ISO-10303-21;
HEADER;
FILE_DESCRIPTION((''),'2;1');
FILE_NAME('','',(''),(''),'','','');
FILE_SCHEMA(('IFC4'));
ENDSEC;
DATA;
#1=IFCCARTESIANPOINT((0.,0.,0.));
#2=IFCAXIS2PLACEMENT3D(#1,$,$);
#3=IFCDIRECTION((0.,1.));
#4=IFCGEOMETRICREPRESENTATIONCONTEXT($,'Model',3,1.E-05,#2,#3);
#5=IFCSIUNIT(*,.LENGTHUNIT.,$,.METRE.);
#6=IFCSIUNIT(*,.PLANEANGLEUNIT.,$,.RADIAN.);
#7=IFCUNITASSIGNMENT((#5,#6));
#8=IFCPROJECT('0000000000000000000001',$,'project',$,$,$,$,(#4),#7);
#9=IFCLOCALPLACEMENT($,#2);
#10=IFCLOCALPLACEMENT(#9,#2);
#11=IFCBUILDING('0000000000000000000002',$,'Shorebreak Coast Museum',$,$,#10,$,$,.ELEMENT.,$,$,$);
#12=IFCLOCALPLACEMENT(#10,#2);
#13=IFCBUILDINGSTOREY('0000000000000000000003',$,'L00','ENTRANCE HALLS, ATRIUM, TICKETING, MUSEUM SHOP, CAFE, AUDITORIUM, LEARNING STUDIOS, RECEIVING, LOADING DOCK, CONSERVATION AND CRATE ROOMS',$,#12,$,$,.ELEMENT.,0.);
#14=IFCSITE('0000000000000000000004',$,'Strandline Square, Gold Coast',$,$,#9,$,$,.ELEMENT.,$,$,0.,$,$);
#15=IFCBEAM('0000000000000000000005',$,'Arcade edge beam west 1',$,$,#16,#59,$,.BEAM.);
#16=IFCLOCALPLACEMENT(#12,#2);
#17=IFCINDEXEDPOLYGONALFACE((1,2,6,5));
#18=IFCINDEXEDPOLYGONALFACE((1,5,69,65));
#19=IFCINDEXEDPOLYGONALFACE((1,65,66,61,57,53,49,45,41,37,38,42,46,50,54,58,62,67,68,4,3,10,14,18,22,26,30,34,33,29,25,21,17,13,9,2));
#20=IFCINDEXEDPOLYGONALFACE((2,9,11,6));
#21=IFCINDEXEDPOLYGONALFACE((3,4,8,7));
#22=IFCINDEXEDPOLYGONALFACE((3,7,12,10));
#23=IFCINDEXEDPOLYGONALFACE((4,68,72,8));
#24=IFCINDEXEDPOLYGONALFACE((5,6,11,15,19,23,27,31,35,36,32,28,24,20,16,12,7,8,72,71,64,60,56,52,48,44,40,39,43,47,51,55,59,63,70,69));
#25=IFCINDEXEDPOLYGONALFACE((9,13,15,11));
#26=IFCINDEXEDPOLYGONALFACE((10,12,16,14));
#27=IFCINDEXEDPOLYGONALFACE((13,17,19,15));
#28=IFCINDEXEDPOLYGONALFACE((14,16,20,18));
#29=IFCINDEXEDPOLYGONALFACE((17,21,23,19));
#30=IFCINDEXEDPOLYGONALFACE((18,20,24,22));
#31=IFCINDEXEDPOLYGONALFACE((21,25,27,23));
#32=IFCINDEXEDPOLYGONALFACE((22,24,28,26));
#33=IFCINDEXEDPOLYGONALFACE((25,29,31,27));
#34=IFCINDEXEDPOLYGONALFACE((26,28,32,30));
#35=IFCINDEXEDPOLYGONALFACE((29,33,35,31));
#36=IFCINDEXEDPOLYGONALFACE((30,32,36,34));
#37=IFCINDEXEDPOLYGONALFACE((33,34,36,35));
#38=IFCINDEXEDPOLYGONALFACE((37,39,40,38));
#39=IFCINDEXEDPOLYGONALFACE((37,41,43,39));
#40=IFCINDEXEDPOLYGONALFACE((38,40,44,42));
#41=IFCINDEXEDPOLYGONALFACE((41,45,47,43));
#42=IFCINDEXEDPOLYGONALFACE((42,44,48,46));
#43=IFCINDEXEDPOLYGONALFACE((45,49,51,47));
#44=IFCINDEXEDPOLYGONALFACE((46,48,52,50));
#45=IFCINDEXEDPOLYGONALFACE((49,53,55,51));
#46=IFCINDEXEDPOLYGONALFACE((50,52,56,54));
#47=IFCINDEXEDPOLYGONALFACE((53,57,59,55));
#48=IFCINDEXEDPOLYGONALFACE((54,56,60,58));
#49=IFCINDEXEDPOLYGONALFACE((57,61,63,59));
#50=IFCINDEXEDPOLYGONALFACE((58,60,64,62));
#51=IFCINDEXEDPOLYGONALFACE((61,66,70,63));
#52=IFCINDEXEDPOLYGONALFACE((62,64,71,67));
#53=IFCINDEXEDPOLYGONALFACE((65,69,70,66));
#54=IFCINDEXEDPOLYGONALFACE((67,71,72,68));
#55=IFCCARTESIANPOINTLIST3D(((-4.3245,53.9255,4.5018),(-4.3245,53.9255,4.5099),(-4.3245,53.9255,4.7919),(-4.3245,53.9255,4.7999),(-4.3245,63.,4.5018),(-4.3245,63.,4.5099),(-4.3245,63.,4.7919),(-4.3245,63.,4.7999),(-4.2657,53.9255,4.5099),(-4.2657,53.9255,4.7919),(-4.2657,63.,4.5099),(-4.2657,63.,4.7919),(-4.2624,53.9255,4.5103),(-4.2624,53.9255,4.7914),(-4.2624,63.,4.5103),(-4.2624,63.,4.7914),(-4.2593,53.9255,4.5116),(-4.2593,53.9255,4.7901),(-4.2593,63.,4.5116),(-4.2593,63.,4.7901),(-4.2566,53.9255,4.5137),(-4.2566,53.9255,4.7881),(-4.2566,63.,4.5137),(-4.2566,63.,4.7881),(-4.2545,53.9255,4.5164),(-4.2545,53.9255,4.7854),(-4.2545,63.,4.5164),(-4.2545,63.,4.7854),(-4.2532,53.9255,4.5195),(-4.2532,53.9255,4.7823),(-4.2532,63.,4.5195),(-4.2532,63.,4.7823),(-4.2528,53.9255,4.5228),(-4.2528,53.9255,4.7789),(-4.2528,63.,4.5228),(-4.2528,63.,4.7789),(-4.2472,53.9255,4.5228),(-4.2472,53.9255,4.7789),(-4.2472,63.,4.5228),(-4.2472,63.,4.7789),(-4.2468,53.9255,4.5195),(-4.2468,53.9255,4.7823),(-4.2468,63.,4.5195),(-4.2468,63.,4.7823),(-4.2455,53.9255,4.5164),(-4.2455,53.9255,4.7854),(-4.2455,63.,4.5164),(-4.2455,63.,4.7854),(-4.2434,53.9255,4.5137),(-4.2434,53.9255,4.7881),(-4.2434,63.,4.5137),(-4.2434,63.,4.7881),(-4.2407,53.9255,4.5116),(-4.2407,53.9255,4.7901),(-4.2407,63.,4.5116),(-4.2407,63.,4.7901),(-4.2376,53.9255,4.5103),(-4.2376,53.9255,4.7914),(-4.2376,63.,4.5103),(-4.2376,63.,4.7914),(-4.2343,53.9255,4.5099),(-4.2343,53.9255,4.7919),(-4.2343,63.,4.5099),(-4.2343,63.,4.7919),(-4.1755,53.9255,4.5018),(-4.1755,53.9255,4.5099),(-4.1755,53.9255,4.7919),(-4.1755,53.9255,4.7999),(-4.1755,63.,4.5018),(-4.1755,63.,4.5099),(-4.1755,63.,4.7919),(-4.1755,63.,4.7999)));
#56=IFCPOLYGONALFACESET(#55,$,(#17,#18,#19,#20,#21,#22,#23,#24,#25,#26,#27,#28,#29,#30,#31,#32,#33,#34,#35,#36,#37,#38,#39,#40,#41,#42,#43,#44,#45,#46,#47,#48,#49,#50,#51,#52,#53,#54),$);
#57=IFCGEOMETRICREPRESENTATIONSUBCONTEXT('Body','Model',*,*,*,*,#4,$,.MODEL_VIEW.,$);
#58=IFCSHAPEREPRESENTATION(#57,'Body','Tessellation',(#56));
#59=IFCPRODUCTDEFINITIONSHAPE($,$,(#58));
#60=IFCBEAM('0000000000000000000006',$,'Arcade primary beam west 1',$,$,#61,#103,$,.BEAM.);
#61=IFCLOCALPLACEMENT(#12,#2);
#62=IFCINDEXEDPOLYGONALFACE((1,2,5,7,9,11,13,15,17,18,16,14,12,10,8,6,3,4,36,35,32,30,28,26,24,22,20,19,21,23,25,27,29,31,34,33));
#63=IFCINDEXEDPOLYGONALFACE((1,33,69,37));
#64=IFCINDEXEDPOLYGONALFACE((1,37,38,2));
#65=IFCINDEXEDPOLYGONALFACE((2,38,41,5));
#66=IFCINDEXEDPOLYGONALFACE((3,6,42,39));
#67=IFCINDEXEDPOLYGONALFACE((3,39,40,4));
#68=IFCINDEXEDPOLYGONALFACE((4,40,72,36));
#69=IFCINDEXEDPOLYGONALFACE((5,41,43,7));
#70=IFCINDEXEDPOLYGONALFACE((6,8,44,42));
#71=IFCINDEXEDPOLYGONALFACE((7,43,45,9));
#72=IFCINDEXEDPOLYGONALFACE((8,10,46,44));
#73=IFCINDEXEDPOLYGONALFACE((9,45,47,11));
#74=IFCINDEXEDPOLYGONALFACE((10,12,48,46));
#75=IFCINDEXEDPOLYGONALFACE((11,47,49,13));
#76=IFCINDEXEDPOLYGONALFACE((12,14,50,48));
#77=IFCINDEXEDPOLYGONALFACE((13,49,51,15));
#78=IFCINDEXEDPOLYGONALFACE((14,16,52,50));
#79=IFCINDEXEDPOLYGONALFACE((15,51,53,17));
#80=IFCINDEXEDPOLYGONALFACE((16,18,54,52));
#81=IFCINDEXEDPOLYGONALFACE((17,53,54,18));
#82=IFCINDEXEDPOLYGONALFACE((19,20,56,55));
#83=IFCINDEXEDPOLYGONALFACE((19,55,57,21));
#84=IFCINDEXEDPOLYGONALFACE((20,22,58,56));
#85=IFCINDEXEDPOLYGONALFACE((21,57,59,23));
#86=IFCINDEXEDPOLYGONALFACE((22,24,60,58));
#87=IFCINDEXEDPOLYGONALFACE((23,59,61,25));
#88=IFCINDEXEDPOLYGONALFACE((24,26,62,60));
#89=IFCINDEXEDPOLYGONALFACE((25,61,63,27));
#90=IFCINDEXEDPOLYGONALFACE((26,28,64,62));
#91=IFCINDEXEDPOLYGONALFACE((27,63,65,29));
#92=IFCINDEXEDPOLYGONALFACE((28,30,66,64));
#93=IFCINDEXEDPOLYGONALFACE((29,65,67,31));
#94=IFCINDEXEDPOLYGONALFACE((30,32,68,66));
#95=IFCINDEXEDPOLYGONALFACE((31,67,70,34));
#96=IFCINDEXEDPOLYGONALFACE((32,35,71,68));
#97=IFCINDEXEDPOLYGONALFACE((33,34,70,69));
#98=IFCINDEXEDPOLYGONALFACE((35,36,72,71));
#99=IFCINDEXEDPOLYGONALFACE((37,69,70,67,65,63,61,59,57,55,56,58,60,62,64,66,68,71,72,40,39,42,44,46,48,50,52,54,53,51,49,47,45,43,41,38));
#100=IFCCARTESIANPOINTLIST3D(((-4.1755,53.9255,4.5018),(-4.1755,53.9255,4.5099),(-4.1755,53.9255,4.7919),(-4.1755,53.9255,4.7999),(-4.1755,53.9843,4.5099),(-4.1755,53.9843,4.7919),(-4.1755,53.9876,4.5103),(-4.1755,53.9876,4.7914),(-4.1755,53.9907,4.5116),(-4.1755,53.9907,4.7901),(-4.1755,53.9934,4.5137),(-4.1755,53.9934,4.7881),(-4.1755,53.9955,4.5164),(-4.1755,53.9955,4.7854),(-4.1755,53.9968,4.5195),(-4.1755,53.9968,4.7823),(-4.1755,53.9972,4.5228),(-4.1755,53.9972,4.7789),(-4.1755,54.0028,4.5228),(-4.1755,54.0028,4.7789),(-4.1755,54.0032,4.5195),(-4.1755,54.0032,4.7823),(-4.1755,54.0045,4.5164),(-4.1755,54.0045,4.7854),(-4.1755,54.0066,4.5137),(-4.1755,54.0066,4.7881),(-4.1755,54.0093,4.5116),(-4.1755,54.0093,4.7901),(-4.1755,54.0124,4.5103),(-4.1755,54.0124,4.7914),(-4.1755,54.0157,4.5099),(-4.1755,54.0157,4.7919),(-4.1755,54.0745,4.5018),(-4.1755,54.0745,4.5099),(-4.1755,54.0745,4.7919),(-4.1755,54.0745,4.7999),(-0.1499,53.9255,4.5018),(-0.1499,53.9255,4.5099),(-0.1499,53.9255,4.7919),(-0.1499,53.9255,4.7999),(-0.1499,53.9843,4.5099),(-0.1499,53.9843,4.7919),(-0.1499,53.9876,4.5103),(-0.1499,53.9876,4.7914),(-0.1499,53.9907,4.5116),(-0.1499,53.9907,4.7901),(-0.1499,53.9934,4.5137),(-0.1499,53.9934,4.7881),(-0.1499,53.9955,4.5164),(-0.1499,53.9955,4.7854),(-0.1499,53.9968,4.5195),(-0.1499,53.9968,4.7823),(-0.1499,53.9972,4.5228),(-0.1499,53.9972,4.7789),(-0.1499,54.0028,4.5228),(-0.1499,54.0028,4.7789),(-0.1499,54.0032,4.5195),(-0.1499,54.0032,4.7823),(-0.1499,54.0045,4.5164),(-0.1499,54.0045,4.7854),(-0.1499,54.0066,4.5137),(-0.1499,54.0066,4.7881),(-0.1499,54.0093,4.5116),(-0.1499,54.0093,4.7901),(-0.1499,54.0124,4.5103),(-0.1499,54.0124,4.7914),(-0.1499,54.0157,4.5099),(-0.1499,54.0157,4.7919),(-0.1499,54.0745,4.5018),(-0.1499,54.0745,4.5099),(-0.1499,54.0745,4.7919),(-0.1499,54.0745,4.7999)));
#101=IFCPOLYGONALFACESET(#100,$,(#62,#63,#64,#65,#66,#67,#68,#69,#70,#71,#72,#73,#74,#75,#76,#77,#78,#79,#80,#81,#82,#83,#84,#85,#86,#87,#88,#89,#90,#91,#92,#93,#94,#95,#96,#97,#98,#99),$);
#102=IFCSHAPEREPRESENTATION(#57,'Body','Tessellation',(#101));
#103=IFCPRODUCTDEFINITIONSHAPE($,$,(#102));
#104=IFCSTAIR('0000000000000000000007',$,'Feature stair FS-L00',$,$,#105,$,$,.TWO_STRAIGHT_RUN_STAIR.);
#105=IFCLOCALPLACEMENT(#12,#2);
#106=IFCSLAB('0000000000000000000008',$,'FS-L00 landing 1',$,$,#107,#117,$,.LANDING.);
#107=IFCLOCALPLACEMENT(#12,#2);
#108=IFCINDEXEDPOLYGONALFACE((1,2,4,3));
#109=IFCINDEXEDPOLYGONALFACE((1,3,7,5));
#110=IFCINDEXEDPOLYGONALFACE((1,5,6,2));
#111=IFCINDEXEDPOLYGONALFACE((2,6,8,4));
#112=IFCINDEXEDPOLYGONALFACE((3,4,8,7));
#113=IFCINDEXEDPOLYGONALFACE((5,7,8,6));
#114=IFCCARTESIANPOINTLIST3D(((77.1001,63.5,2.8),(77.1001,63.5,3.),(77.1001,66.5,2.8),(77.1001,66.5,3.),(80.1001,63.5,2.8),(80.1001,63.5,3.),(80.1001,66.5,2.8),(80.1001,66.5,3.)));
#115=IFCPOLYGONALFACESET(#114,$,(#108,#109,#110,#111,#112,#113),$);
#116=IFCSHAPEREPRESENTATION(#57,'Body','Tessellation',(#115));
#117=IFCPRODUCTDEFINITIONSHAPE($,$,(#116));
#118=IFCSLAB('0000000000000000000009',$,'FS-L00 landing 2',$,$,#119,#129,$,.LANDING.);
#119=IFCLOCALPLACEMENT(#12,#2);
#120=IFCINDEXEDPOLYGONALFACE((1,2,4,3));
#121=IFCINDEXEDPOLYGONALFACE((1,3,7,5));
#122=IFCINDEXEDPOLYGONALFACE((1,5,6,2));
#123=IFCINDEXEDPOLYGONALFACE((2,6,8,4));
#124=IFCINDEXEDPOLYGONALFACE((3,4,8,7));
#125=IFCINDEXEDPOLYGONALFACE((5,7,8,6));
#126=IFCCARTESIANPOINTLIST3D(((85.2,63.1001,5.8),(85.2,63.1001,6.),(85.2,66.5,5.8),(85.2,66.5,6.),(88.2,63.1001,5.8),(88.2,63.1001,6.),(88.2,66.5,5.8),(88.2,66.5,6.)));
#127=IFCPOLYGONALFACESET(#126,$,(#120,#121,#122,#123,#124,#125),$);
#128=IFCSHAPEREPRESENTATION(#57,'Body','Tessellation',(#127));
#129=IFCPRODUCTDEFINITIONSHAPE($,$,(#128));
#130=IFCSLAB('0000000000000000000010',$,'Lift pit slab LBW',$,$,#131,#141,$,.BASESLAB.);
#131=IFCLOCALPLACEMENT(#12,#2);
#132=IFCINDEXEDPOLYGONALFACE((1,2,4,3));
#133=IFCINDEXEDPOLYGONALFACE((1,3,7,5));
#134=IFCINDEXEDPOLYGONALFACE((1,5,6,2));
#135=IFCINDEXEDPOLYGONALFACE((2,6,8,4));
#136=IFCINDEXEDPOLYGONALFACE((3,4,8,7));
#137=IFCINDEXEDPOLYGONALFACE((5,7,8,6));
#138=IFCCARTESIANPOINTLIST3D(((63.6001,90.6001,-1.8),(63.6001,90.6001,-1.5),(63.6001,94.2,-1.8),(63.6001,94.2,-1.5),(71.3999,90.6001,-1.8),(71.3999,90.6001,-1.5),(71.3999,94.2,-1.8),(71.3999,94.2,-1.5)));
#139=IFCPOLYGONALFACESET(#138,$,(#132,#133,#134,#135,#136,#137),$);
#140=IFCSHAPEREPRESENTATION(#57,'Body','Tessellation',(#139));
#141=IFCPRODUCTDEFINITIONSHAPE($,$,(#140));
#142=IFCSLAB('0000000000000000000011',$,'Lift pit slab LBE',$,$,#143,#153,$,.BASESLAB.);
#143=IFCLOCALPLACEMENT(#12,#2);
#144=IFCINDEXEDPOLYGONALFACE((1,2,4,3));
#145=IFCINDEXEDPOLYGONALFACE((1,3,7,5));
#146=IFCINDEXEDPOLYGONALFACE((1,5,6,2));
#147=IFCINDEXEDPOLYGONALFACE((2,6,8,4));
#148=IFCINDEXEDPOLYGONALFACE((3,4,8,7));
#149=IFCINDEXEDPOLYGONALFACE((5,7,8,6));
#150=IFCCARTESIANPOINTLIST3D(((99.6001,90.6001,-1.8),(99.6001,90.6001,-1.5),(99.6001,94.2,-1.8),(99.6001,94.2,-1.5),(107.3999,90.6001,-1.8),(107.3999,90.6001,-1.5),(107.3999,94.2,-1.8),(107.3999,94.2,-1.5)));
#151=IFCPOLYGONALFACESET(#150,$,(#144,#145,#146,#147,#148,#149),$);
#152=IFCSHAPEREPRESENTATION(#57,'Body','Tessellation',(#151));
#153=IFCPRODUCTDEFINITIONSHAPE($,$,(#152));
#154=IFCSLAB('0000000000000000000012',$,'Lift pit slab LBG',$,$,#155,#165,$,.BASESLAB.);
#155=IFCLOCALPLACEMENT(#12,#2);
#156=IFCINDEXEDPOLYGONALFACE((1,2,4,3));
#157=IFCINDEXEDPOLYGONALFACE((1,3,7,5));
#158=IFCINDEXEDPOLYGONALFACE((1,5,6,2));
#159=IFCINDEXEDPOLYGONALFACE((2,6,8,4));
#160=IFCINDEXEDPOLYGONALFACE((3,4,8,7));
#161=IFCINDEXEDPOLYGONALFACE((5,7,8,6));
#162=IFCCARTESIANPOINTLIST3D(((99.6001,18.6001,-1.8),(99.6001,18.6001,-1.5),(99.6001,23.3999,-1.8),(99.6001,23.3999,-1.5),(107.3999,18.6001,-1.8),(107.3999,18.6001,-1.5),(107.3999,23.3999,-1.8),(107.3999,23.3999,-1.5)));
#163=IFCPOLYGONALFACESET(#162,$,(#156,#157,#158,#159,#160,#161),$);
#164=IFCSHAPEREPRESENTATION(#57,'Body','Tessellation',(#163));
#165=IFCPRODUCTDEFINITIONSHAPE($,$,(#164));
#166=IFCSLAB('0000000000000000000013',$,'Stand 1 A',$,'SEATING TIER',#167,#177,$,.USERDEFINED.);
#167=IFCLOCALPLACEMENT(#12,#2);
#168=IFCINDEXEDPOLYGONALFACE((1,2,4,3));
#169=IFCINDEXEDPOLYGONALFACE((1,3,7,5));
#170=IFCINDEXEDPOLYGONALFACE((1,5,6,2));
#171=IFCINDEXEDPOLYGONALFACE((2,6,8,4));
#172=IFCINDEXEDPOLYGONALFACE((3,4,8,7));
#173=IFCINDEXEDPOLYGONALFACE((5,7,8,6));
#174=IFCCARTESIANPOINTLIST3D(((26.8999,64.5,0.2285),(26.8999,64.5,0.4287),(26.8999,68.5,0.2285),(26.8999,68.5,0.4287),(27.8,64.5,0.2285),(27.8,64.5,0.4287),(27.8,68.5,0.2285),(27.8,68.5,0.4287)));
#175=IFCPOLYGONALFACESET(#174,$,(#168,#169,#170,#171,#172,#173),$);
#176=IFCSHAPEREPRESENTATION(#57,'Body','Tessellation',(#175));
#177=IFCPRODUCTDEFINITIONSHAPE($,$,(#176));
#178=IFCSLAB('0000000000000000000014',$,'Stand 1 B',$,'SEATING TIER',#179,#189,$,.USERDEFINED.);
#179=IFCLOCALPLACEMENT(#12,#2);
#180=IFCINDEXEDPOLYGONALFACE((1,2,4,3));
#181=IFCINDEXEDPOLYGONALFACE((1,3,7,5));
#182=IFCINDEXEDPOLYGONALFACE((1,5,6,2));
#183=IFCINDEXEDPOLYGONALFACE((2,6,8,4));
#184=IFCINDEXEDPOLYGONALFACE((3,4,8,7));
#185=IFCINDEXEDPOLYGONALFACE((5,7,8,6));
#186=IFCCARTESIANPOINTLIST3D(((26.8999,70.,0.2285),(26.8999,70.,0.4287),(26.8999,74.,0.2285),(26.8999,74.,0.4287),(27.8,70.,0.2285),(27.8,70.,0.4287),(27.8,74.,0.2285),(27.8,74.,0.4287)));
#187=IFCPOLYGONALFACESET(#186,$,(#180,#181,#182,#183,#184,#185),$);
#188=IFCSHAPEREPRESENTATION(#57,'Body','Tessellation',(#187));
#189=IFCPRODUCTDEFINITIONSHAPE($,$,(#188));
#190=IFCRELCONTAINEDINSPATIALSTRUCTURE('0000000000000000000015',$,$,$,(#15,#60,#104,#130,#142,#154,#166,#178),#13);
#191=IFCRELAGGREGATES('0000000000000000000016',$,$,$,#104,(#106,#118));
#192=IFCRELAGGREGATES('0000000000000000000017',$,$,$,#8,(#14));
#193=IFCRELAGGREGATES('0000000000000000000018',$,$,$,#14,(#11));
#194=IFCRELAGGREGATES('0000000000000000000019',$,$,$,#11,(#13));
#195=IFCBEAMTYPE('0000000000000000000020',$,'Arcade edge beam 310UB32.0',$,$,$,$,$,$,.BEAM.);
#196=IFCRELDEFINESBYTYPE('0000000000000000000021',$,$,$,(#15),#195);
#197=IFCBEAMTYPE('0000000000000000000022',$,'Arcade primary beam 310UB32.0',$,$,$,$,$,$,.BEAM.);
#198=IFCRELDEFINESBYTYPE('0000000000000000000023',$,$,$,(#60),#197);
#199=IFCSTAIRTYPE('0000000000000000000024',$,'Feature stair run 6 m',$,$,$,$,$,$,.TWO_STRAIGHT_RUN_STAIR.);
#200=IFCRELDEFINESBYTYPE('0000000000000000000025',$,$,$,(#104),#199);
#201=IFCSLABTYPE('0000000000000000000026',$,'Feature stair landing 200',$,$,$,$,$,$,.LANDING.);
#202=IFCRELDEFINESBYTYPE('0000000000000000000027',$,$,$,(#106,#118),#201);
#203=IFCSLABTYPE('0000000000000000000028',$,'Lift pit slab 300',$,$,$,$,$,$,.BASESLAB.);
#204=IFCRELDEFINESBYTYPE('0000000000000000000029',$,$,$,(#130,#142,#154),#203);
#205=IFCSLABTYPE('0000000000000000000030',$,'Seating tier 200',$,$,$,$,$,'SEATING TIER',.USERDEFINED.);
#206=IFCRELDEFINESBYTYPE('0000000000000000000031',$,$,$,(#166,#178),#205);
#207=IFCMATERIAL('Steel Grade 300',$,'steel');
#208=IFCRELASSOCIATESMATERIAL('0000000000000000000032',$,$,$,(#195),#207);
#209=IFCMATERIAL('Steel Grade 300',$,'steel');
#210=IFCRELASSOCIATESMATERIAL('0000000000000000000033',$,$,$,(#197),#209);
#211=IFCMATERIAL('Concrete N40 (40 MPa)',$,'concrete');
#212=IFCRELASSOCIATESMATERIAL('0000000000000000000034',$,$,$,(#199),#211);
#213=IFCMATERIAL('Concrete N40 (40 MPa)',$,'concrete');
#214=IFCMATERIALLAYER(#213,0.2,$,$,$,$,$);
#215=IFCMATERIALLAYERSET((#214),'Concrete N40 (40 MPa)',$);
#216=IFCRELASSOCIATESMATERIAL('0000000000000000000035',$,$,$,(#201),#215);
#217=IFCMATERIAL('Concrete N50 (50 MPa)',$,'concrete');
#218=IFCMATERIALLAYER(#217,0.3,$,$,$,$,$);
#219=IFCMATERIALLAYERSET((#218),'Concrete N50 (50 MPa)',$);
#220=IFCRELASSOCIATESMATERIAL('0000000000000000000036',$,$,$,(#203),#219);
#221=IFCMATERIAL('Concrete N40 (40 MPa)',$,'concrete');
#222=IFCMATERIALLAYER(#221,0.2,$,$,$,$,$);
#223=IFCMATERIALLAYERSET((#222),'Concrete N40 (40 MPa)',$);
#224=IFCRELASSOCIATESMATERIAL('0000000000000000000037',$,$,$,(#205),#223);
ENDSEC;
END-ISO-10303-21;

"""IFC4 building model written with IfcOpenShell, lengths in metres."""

from ifc_helpers import new_model, si_unit, direction, frame, origin, origin_2d, place, context, subcontext, project, spatial, polyline, i_section, outline, extrude, material, layer, layer_set, material_profile, profile_set, type_object, element, aggregate, save


model = new_model("IFC4")

# Units and contexts
model_context = context("Model", 3, precision=1e-05, world=origin(), true_north=direction((0.0, 1.0)))
body_context = subcontext(model_context, "Body", "Model", "MODEL_VIEW")
ifc_project = project(units=[si_unit("LENGTHUNIT", "METRE"), si_unit("PLANEANGLEUNIT", "RADIAN")], contexts=[model_context])

# Site, building, storey
site_placement = place(None, origin())
site = spatial("IfcSite", under=ifc_project, at=site_placement, Name="Strandline Square, Gold Coast", CompositionType="ELEMENT", RefElevation=0.0)
building_placement = place(site_placement, origin())
building = spatial("IfcBuilding", under=site, at=building_placement, Name="Shorebreak Coast Museum", CompositionType="ELEMENT")
storey_placement = place(building_placement, origin())
storey = spatial("IfcBuildingStorey", under=building, at=storey_placement, Name="L00", Description="ENTRANCE HALLS, ATRIUM, TICKETING, MUSEUM SHOP, CAFE, AUDITORIUM, LEARNING STUDIOS, RECEIVING, LOADING DOCK, CONSERVATION AND CRATE ROOMS", CompositionType="ELEMENT", Elevation=0.0)

# Beams
ifc_material_1 = material(Name="Steel Grade 300", Category="steel")
ifc_material_profile_1 = material_profile(ifc_material_1, i_section(OverallWidth=0.1489, OverallDepth=0.2981, WebThickness=0.0056, FlangeThickness=0.0081, FilletRadius=0.0129, at=origin_2d()), Name="310UB32.0")
ifc_profile_set_1 = profile_set([ifc_material_profile_1], Name="Steel Grade 300")
beam_type_1 = type_object("IfcBeamType", Name="Arcade edge beam 310UB32.0", PredefinedType="BEAM", material=ifc_profile_set_1)
beam_1_placement = place(storey_placement, frame((-4.25, 53.9255, 4.6509), z_axis=(0.0, 1.0, 0.0), x_axis=(-1.0, 0.0, 0.0)))
element("IfcBeam", 1, at=beam_1_placement, inside=storey, type_object=beam_type_1, Name="Arcade edge beam west 1", PredefinedType="BEAM", context=body_context, shape_type="SweptSolid", body=[
    extrude(i_section(OverallWidth=0.1489, OverallDepth=0.2981, WebThickness=0.0056, FlangeThickness=0.0081, FilletRadius=0.0129, at=origin_2d()), origin(), (0.0, 0.0, 1.0), 9.0745),
])
ifc_material_2 = material(Name="Steel Grade 300", Category="steel")
ifc_material_profile_2 = material_profile(ifc_material_2, i_section(OverallWidth=0.1489, OverallDepth=0.2981, WebThickness=0.0056, FlangeThickness=0.0081, FilletRadius=0.0129, at=origin_2d()), Name="310UB32.0")
ifc_profile_set_2 = profile_set([ifc_material_profile_2], Name="Steel Grade 300")
beam_type_2 = type_object("IfcBeamType", Name="Arcade primary beam 310UB32.0", PredefinedType="BEAM", material=ifc_profile_set_2)
beam_2_placement = place(storey_placement, frame((-0.1499, 54.0, 4.6509), z_axis=(-1.0, 0.0, 0.0), x_axis=(0.0, -1.0, 0.0)))
element("IfcBeam", 2, at=beam_2_placement, inside=storey, type_object=beam_type_2, Name="Arcade primary beam west 1", PredefinedType="BEAM", context=body_context, shape_type="SweptSolid", body=[
    extrude(i_section(OverallWidth=0.1489, OverallDepth=0.2981, WebThickness=0.0056, FlangeThickness=0.0081, FilletRadius=0.0129, at=origin_2d()), origin(), (0.0, 0.0, 1.0), 4.0256),
])

# Stair, slabs
ifc_material_3 = material(Name="Concrete N40 (40 MPa)", Category="concrete")
stair_type_1 = type_object("IfcStairType", Name="Feature stair run 6 m", PredefinedType="TWO_STRAIGHT_RUN_STAIR", material=ifc_material_3)
stair_1_placement = place(storey_placement, origin())
stair_1 = element("IfcStair", 3, at=stair_1_placement, inside=storey, type_object=stair_type_1, Name="Feature stair FS-L00", PredefinedType="TWO_STRAIGHT_RUN_STAIR")
ifc_material_4 = material(Name="Concrete N40 (40 MPa)", Category="concrete")
ifc_layer_1 = layer(ifc_material_4, 0.2)
ifc_layer_set_1 = layer_set([ifc_layer_1], Name="Concrete N40 (40 MPa)")
slab_type_1 = type_object("IfcSlabType", Name="Feature stair landing 200", PredefinedType="LANDING", material=ifc_layer_set_1)
slab_1_placement = place(storey_placement, frame((0.0, 0.0, 2.8)))
slab_1 = element("IfcSlab", 4, at=slab_1_placement, type_object=slab_type_1, Name="FS-L00 landing 1", PredefinedType="LANDING", context=body_context, shape_type="SweptSolid", body=[
    extrude(outline(polyline([(77.1001, 63.5), (80.1001, 63.5), (80.1001, 66.5), (77.1001, 66.5), (77.1001, 63.5)])), origin(), (0.0, 0.0, 1.0), 0.2),
])
slab_2_placement = place(storey_placement, frame((0.0, 0.0, 5.8)))
slab_2 = element("IfcSlab", 5, at=slab_2_placement, type_object=slab_type_1, Name="FS-L00 landing 2", PredefinedType="LANDING", context=body_context, shape_type="SweptSolid", body=[
    extrude(outline(polyline([(85.2, 63.1001), (88.2, 63.1001), (88.2, 66.5), (85.2, 66.5), (85.2, 63.1001)])), origin(), (0.0, 0.0, 1.0), 0.2),
])
aggregate(stair_1, [slab_1, slab_2])

# Slabs
ifc_material_5 = material(Name="Concrete N50 (50 MPa)", Category="concrete")
ifc_layer_2 = layer(ifc_material_5, 0.3)
ifc_layer_set_2 = layer_set([ifc_layer_2], Name="Concrete N50 (50 MPa)")
slab_type_2 = type_object("IfcSlabType", Name="Lift pit slab 300", PredefinedType="BASESLAB", material=ifc_layer_set_2)
slab_3_placement = place(storey_placement, frame((0.0, 0.0, -1.8)))
element("IfcSlab", 6, at=slab_3_placement, inside=storey, type_object=slab_type_2, Name="Lift pit slab LBW", PredefinedType="BASESLAB", context=body_context, shape_type="SweptSolid", body=[
    extrude(outline(polyline([(63.6001, 90.6001), (71.3999, 90.6001), (71.3999, 94.2), (63.6001, 94.2), (63.6001, 90.6001)])), origin(), (0.0, 0.0, 1.0), 0.3),
])
slab_4_placement = place(storey_placement, frame((0.0, 0.0, -1.8)))
element("IfcSlab", 7, at=slab_4_placement, inside=storey, type_object=slab_type_2, Name="Lift pit slab LBE", PredefinedType="BASESLAB", context=body_context, shape_type="SweptSolid", body=[
    extrude(outline(polyline([(99.6001, 90.6001), (107.3999, 90.6001), (107.3999, 94.2), (99.6001, 94.2), (99.6001, 90.6001)])), origin(), (0.0, 0.0, 1.0), 0.3),
])
slab_5_placement = place(storey_placement, frame((0.0, 0.0, -1.8)))
element("IfcSlab", 8, at=slab_5_placement, inside=storey, type_object=slab_type_2, Name="Lift pit slab LBG", PredefinedType="BASESLAB", context=body_context, shape_type="SweptSolid", body=[
    extrude(outline(polyline([(99.6001, 18.6001), (107.3999, 18.6001), (107.3999, 23.3999), (99.6001, 23.3999), (99.6001, 18.6001)])), origin(), (0.0, 0.0, 1.0), 0.3),
])
ifc_material_6 = material(Name="Concrete N40 (40 MPa)", Category="concrete")
ifc_layer_3 = layer(ifc_material_6, 0.2)
ifc_layer_set_3 = layer_set([ifc_layer_3], Name="Concrete N40 (40 MPa)")
slab_type_3 = type_object("IfcSlabType", Name="Seating tier 200", ElementType="SEATING TIER", PredefinedType="USERDEFINED", material=ifc_layer_set_3)
slab_6_placement = place(storey_placement, frame((0.0, 0.0, 0.2285)))
element("IfcSlab", 9, at=slab_6_placement, inside=storey, type_object=slab_type_3, Name="Stand 1 A", ObjectType="SEATING TIER", PredefinedType="USERDEFINED", context=body_context, shape_type="SweptSolid", body=[
    extrude(outline(polyline([(26.8999, 64.5), (27.8, 64.5), (27.8, 68.5), (26.8999, 68.5), (26.8999, 64.5)])), origin(), (0.0, 0.0, 1.0), 0.2002),
])
slab_7_placement = place(storey_placement, frame((0.0, 0.0, 0.2285)))
element("IfcSlab", 10, at=slab_7_placement, inside=storey, type_object=slab_type_3, Name="Stand 1 B", ObjectType="SEATING TIER", PredefinedType="USERDEFINED", context=body_context, shape_type="SweptSolid", body=[
    extrude(outline(polyline([(26.8999, 70.0), (27.8, 70.0), (27.8, 74.0), (26.8999, 74.0), (26.8999, 70.0)])), origin(), (0.0, 0.0, 1.0), 0.2002),
])

save(model, "model.ifc")
